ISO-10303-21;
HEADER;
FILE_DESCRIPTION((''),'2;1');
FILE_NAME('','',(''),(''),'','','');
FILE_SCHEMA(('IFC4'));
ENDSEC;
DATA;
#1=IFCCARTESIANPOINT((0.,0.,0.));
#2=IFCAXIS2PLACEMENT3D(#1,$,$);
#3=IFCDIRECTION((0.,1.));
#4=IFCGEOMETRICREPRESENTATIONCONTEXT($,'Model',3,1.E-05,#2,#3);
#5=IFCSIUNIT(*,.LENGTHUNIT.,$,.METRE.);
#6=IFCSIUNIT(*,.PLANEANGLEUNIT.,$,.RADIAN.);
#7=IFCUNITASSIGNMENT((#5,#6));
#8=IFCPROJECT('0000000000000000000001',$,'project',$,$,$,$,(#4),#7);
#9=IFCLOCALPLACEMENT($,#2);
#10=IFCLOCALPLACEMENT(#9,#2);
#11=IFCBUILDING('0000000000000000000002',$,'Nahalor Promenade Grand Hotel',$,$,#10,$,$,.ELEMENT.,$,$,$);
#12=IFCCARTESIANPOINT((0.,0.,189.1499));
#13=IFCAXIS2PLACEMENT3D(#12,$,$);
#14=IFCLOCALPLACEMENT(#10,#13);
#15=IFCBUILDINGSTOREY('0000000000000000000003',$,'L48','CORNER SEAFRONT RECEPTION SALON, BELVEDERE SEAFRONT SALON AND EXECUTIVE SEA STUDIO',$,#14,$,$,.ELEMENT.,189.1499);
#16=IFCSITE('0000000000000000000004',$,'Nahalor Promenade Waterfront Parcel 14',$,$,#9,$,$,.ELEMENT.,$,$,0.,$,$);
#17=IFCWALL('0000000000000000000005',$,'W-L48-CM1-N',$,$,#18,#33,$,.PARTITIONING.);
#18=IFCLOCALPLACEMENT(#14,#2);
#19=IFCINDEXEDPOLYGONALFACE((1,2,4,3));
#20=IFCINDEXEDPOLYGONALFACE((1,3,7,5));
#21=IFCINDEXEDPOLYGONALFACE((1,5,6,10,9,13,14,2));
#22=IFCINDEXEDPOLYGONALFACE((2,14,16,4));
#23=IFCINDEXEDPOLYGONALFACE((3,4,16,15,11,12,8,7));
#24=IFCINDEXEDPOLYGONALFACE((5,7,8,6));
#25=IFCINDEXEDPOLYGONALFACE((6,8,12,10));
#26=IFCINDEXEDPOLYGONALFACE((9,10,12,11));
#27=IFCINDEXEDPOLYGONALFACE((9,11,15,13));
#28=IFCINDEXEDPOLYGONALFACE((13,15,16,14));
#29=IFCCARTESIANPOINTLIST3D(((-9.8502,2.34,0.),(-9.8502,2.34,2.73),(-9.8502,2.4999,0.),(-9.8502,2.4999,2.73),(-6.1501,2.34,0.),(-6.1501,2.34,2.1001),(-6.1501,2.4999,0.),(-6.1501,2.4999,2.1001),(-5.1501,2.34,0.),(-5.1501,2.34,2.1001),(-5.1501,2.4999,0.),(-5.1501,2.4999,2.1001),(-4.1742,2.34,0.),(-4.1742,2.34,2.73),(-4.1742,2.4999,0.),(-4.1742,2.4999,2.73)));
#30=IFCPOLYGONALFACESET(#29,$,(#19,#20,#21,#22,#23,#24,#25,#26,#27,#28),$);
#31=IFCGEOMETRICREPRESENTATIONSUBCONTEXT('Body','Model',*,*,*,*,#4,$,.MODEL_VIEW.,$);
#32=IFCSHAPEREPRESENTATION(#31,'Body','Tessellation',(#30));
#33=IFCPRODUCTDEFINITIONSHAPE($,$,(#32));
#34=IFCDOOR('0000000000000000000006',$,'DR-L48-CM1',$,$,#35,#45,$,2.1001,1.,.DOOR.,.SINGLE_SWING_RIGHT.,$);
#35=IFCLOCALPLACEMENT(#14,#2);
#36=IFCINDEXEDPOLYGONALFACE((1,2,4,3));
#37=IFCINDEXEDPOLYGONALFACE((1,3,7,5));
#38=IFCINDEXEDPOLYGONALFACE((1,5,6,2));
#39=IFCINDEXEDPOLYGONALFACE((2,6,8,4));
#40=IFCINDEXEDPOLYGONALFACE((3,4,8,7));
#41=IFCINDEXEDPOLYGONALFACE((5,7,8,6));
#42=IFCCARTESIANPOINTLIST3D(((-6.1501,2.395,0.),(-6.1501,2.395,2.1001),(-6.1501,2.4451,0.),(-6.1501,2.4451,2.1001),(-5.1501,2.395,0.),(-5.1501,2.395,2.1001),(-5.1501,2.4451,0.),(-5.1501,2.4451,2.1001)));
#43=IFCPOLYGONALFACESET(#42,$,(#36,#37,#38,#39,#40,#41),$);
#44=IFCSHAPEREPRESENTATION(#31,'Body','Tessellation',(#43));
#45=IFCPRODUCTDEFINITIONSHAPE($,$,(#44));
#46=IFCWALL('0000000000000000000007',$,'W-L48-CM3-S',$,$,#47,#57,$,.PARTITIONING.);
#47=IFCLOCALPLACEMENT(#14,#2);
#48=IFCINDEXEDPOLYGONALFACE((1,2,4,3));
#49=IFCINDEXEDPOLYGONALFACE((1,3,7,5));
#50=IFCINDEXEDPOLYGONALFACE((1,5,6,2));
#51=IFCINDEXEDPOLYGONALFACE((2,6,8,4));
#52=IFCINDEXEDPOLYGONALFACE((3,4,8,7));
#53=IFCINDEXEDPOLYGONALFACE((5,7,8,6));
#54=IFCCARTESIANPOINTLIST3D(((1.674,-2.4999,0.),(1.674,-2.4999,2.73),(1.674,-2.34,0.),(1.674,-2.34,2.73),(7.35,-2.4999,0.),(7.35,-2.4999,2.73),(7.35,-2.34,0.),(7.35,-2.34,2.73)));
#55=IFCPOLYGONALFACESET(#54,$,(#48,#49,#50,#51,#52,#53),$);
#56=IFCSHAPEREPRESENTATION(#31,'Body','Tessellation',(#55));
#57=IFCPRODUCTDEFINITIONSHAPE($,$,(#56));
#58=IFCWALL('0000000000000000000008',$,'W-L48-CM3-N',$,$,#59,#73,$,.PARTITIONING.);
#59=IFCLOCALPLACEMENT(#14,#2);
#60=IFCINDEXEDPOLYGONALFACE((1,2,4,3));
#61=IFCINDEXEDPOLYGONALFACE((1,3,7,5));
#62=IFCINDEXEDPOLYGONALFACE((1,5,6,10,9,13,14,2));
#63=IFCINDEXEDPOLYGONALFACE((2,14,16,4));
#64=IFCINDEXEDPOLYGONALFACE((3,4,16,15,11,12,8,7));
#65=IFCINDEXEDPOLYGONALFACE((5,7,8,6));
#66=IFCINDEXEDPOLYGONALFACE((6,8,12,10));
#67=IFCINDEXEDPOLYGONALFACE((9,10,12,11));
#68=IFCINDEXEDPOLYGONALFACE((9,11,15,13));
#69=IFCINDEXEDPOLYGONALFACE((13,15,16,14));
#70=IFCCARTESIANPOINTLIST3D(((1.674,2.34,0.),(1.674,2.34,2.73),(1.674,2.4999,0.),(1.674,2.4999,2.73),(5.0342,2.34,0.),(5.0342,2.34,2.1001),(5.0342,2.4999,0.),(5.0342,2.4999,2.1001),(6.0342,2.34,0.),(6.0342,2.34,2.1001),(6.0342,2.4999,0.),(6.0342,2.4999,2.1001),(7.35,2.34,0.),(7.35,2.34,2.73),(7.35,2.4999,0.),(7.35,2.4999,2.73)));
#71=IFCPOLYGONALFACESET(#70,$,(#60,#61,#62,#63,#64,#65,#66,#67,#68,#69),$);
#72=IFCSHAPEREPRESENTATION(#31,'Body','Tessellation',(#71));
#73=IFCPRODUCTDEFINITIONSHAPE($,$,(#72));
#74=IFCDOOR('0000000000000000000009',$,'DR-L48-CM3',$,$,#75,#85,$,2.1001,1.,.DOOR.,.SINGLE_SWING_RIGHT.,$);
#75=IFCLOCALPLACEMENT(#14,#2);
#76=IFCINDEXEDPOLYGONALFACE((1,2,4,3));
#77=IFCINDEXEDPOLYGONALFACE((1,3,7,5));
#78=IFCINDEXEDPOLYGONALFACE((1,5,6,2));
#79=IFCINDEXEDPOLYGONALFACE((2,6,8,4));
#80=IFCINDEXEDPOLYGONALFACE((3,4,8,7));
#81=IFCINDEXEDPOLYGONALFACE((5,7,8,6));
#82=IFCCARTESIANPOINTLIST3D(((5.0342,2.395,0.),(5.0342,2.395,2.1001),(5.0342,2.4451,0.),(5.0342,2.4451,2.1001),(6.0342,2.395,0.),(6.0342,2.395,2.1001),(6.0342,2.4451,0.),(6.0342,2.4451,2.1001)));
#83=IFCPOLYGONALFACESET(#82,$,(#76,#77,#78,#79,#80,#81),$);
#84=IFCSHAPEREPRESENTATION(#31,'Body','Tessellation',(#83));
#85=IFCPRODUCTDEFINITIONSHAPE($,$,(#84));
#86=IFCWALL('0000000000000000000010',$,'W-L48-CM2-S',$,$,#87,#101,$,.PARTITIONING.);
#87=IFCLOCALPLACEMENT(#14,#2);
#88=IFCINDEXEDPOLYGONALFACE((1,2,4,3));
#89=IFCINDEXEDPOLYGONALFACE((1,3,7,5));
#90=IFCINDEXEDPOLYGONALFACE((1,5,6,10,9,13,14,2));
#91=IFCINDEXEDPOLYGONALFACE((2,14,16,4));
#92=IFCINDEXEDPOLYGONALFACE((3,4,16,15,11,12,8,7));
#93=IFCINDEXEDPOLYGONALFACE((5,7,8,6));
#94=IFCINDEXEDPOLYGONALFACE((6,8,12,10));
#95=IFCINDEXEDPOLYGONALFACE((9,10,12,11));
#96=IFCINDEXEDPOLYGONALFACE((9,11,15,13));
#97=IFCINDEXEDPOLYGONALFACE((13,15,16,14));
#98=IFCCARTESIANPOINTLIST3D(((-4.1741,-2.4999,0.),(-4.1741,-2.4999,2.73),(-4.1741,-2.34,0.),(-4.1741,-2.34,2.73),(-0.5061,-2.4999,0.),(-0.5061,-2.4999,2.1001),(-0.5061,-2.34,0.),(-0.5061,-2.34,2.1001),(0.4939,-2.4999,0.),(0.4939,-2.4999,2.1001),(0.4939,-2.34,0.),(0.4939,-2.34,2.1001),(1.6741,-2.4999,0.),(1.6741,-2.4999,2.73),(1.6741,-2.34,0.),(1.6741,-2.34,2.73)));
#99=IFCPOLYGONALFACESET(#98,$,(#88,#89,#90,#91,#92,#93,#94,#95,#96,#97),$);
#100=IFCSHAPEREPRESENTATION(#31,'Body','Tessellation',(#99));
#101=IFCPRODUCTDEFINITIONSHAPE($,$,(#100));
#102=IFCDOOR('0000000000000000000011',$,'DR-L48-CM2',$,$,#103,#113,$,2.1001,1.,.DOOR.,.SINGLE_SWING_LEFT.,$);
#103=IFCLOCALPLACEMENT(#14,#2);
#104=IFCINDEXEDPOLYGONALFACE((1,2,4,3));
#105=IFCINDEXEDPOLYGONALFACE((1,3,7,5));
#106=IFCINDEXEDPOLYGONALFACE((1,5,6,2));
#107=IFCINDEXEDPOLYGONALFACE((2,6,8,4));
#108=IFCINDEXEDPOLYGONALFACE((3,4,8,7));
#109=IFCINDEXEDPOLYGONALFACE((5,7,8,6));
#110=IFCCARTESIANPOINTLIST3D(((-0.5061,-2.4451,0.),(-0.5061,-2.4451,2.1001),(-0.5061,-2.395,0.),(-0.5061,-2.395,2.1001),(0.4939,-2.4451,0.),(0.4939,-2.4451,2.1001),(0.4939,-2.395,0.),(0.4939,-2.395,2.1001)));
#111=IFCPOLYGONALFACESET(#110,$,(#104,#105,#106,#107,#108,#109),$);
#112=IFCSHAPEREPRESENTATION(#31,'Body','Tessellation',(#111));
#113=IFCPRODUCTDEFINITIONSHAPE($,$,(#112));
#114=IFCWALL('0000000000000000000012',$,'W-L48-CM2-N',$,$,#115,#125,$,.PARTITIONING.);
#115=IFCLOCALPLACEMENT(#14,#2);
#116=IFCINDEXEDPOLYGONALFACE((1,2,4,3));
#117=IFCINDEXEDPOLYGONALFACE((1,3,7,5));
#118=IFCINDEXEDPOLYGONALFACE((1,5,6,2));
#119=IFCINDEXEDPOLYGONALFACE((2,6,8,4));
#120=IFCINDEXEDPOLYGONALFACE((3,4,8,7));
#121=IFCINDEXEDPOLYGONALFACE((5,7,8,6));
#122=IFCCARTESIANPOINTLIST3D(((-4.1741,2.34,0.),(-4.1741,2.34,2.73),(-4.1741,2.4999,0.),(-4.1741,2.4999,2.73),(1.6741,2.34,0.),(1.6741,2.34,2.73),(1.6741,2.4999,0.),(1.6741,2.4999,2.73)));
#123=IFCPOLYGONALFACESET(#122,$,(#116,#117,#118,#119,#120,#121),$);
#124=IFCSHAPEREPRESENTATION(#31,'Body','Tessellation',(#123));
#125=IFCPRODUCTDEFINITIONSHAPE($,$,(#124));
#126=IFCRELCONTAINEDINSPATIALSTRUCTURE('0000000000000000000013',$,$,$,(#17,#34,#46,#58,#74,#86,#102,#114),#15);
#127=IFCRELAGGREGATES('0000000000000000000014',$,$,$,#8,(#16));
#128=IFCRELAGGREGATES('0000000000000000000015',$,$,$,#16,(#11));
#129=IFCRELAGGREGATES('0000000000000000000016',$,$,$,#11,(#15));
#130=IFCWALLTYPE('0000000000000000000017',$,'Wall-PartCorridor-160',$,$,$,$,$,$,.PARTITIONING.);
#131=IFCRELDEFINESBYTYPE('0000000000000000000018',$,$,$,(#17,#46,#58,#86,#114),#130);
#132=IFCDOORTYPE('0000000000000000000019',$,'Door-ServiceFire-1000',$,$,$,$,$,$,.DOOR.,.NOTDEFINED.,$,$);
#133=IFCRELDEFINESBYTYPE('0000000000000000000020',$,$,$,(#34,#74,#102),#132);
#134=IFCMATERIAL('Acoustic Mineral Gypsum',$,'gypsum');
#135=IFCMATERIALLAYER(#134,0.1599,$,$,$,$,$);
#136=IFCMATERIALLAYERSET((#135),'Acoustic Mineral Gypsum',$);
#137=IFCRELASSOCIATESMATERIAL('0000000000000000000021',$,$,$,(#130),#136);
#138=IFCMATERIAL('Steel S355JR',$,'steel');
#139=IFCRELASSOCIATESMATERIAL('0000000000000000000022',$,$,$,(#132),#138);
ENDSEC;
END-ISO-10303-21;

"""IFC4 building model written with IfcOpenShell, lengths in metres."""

from ifc_helpers import new_model, si_unit, direction, frame, frame_2d, origin, place, context, subcontext, project, spatial, rectangle, extrude, source, transform, mapped, material, layer, layer_set, type_object, element, fill, save


model = new_model("IFC4")

# Units and contexts
model_context = context("Model", 3, precision=1e-05, world=origin(), true_north=direction((0.0, 1.0)))
body_context = subcontext(model_context, "Body", "Model", "MODEL_VIEW")
ifc_project = project(units=[si_unit("LENGTHUNIT", "METRE"), si_unit("PLANEANGLEUNIT", "RADIAN")], contexts=[model_context])

# Site, building, storey
site_placement = place(None, origin())
site = spatial("IfcSite", under=ifc_project, at=site_placement, Name="Nahalor Promenade Waterfront Parcel 14", CompositionType="ELEMENT", RefElevation=0.0)
building_placement = place(site_placement, origin())
building = spatial("IfcBuilding", under=site, at=building_placement, Name="Nahalor Promenade Grand Hotel", CompositionType="ELEMENT")
storey_placement = place(building_placement, frame((0.0, 0.0, 189.1499)))
storey = spatial("IfcBuildingStorey", under=building, at=storey_placement, Name="L48", Description="CORNER SEAFRONT RECEPTION SALON, BELVEDERE SEAFRONT SALON AND EXECUTIVE SEA STUDIO", CompositionType="ELEMENT", Elevation=189.1499)

# Shared definitions
ifc_material_1 = material(Name="Steel S355JR", Category="steel")

# Shared definitions
ifc_material_2 = material(Name="Acoustic Mineral Gypsum", Category="gypsum")
ifc_layer_1 = layer(ifc_material_2, 0.1599)
ifc_layer_set_1 = layer_set([ifc_layer_1], Name="Acoustic Mineral Gypsum")
wall_type_1 = type_object("IfcWallType", Name="Wall-PartCorridor-160", PredefinedType="PARTITIONING", material=ifc_layer_set_1)

# Wall, opening, door
shared_shape_1 = source(origin(), body_context, "Body", "SweptSolid", [
    extrude(rectangle(XDim=5.676, YDim=0.1599, at=frame_2d((2.8379, 0.0))), origin(), (0.0, 0.0, 1.0), 2.73),
])
wall_1_placement = place(storey_placement, frame((-9.8501, 2.4199, 0.0), z_axis=(0.0, 0.0, 1.0), x_axis=(1.0, 0.0, 0.0)))
wall_1 = element("IfcWall", 1, at=wall_1_placement, inside=storey, type_object=wall_type_1, Name="W-L48-CM1-N", PredefinedType="PARTITIONING", context=body_context, shape_type="MappedRepresentation", body=[
    mapped(shared_shape_1, transform((0.0, 0.0, 0.0), scale=1.0)),
])
opening_1_placement = place(wall_1_placement, frame((3.7, 0.0, 0.0)))
opening_1 = element("IfcOpeningElement", 2, at=opening_1_placement, cuts=wall_1, PredefinedType="OPENING", context=body_context, shape_type="SweptSolid", body=[
    extrude(rectangle(XDim=1.0, YDim=2.1001, at=frame_2d((0.5, 1.05))), frame((0.0, 0.0898, 0.0), z_axis=(0.0, -1.0, 0.0), x_axis=(1.0, 0.0, 0.0)), (0.0, 0.0, 1.0), 0.1799),
])
door_type = type_object("IfcDoorType", Name="Door-ServiceFire-1000", OperationType="NOTDEFINED", PredefinedType="DOOR", material=ifc_material_1)
shared_shape_2 = source(origin(), body_context, "Body", "SweptSolid", [
    extrude(rectangle(XDim=1.0, YDim=2.1001, at=frame_2d((0.5, 1.05))), frame((0.0, 0.0249, 0.0), z_axis=(0.0, -1.0, 0.0), x_axis=(1.0, 0.0, 0.0)), (0.0, 0.0, 1.0), 0.05),
])
door_1_placement = place(opening_1_placement, frame((1.0, 0.0, 0.0), z_axis=(0.0, 0.0, 1.0), x_axis=(-1.0, 0.0, 0.0)))
door_1 = element("IfcDoor", 3, at=door_1_placement, inside=storey, type_object=door_type, Name="DR-L48-CM1", OperationType="SINGLE_SWING_RIGHT", OverallHeight=2.1001, OverallWidth=1.0, PredefinedType="DOOR", context=body_context, shape_type="MappedRepresentation", body=[
    mapped(shared_shape_2, transform((0.0, 0.0, 0.0), scale=1.0)),
])
fill(opening_1, door_1)

# Wall
wall_2_placement = place(storey_placement, frame((1.6741, -2.4199, 0.0), z_axis=(0.0, 0.0, 1.0), x_axis=(1.0, 0.0, 0.0)))
element("IfcWall", 4, at=wall_2_placement, inside=storey, type_object=wall_type_1, Name="W-L48-CM3-S", PredefinedType="PARTITIONING", context=body_context, shape_type="MappedRepresentation", body=[
    mapped(shared_shape_1, transform((0.0, 0.0, 0.0), scale=1.0)),
])

# Walls, openings, doors
wall_3_placement = place(storey_placement, frame((1.6741, 2.4199, 0.0), z_axis=(0.0, 0.0, 1.0), x_axis=(1.0, 0.0, 0.0)))
wall_3 = element("IfcWall", 5, at=wall_3_placement, inside=storey, type_object=wall_type_1, Name="W-L48-CM3-N", PredefinedType="PARTITIONING", context=body_context, shape_type="MappedRepresentation", body=[
    mapped(shared_shape_1, transform((0.0, 0.0, 0.0), scale=1.0)),
])
opening_2_placement = place(wall_3_placement, frame((3.3601, 0.0, 0.0)))
opening_2 = element("IfcOpeningElement", 6, at=opening_2_placement, cuts=wall_3, PredefinedType="OPENING", context=body_context, shape_type="SweptSolid", body=[
    extrude(rectangle(XDim=1.0, YDim=2.1001, at=frame_2d((0.5, 1.05))), frame((0.0, 0.0898, 0.0), z_axis=(0.0, -1.0, 0.0), x_axis=(1.0, 0.0, 0.0)), (0.0, 0.0, 1.0), 0.1799),
])
door_2_placement = place(opening_2_placement, frame((1.0, 0.0, 0.0), z_axis=(0.0, 0.0, 1.0), x_axis=(-1.0, 0.0, 0.0)))
door_2 = element("IfcDoor", 7, at=door_2_placement, inside=storey, type_object=door_type, Name="DR-L48-CM3", OperationType="SINGLE_SWING_RIGHT", OverallHeight=2.1001, OverallWidth=1.0, PredefinedType="DOOR", context=body_context, shape_type="MappedRepresentation", body=[
    mapped(shared_shape_2, transform((0.0, 0.0, 0.0), scale=1.0)),
])
fill(opening_2, door_2)
shared_shape_3 = source(origin(), body_context, "Body", "SweptSolid", [
    extrude(rectangle(XDim=5.8481, YDim=0.1599, at=frame_2d((2.9241, 0.0))), origin(), (0.0, 0.0, 1.0), 2.73),
])
wall_4_placement = place(storey_placement, frame((-4.1741, -2.4199, 0.0), z_axis=(0.0, 0.0, 1.0), x_axis=(1.0, 0.0, 0.0)))
wall_4 = element("IfcWall", 8, at=wall_4_placement, inside=storey, type_object=wall_type_1, Name="W-L48-CM2-S", PredefinedType="PARTITIONING", context=body_context, shape_type="MappedRepresentation", body=[
    mapped(shared_shape_3, transform((0.0, 0.0, 0.0), scale=1.0)),
])
opening_3_placement = place(wall_4_placement, frame((3.668, 0.0, 0.0)))
opening_3 = element("IfcOpeningElement", 9, at=opening_3_placement, cuts=wall_4, PredefinedType="OPENING", context=body_context, shape_type="SweptSolid", body=[
    extrude(rectangle(XDim=1.0, YDim=2.1001, at=frame_2d((0.5, 1.05))), frame((0.0, 0.0898, 0.0), z_axis=(0.0, -1.0, 0.0), x_axis=(1.0, 0.0, 0.0)), (0.0, 0.0, 1.0), 0.1799),
])
door_3_placement = place(opening_3_placement, origin())
door_3 = element("IfcDoor", 10, at=door_3_placement, inside=storey, type_object=door_type, Name="DR-L48-CM2", OperationType="SINGLE_SWING_LEFT", OverallHeight=2.1001, OverallWidth=1.0, PredefinedType="DOOR", context=body_context, shape_type="MappedRepresentation", body=[
    mapped(shared_shape_2, transform((0.0, 0.0, 0.0), scale=1.0)),
])
fill(opening_3, door_3)

# Wall
wall_5_placement = place(storey_placement, frame((-4.1741, 2.4199, 0.0), z_axis=(0.0, 0.0, 1.0), x_axis=(1.0, 0.0, 0.0)))
element("IfcWall", 11, at=wall_5_placement, inside=storey, type_object=wall_type_1, Name="W-L48-CM2-N", PredefinedType="PARTITIONING", context=body_context, shape_type="MappedRepresentation", body=[
    mapped(shared_shape_3, transform((0.0, 0.0, 0.0), scale=1.0)),
])

save(model, "model.ifc")
